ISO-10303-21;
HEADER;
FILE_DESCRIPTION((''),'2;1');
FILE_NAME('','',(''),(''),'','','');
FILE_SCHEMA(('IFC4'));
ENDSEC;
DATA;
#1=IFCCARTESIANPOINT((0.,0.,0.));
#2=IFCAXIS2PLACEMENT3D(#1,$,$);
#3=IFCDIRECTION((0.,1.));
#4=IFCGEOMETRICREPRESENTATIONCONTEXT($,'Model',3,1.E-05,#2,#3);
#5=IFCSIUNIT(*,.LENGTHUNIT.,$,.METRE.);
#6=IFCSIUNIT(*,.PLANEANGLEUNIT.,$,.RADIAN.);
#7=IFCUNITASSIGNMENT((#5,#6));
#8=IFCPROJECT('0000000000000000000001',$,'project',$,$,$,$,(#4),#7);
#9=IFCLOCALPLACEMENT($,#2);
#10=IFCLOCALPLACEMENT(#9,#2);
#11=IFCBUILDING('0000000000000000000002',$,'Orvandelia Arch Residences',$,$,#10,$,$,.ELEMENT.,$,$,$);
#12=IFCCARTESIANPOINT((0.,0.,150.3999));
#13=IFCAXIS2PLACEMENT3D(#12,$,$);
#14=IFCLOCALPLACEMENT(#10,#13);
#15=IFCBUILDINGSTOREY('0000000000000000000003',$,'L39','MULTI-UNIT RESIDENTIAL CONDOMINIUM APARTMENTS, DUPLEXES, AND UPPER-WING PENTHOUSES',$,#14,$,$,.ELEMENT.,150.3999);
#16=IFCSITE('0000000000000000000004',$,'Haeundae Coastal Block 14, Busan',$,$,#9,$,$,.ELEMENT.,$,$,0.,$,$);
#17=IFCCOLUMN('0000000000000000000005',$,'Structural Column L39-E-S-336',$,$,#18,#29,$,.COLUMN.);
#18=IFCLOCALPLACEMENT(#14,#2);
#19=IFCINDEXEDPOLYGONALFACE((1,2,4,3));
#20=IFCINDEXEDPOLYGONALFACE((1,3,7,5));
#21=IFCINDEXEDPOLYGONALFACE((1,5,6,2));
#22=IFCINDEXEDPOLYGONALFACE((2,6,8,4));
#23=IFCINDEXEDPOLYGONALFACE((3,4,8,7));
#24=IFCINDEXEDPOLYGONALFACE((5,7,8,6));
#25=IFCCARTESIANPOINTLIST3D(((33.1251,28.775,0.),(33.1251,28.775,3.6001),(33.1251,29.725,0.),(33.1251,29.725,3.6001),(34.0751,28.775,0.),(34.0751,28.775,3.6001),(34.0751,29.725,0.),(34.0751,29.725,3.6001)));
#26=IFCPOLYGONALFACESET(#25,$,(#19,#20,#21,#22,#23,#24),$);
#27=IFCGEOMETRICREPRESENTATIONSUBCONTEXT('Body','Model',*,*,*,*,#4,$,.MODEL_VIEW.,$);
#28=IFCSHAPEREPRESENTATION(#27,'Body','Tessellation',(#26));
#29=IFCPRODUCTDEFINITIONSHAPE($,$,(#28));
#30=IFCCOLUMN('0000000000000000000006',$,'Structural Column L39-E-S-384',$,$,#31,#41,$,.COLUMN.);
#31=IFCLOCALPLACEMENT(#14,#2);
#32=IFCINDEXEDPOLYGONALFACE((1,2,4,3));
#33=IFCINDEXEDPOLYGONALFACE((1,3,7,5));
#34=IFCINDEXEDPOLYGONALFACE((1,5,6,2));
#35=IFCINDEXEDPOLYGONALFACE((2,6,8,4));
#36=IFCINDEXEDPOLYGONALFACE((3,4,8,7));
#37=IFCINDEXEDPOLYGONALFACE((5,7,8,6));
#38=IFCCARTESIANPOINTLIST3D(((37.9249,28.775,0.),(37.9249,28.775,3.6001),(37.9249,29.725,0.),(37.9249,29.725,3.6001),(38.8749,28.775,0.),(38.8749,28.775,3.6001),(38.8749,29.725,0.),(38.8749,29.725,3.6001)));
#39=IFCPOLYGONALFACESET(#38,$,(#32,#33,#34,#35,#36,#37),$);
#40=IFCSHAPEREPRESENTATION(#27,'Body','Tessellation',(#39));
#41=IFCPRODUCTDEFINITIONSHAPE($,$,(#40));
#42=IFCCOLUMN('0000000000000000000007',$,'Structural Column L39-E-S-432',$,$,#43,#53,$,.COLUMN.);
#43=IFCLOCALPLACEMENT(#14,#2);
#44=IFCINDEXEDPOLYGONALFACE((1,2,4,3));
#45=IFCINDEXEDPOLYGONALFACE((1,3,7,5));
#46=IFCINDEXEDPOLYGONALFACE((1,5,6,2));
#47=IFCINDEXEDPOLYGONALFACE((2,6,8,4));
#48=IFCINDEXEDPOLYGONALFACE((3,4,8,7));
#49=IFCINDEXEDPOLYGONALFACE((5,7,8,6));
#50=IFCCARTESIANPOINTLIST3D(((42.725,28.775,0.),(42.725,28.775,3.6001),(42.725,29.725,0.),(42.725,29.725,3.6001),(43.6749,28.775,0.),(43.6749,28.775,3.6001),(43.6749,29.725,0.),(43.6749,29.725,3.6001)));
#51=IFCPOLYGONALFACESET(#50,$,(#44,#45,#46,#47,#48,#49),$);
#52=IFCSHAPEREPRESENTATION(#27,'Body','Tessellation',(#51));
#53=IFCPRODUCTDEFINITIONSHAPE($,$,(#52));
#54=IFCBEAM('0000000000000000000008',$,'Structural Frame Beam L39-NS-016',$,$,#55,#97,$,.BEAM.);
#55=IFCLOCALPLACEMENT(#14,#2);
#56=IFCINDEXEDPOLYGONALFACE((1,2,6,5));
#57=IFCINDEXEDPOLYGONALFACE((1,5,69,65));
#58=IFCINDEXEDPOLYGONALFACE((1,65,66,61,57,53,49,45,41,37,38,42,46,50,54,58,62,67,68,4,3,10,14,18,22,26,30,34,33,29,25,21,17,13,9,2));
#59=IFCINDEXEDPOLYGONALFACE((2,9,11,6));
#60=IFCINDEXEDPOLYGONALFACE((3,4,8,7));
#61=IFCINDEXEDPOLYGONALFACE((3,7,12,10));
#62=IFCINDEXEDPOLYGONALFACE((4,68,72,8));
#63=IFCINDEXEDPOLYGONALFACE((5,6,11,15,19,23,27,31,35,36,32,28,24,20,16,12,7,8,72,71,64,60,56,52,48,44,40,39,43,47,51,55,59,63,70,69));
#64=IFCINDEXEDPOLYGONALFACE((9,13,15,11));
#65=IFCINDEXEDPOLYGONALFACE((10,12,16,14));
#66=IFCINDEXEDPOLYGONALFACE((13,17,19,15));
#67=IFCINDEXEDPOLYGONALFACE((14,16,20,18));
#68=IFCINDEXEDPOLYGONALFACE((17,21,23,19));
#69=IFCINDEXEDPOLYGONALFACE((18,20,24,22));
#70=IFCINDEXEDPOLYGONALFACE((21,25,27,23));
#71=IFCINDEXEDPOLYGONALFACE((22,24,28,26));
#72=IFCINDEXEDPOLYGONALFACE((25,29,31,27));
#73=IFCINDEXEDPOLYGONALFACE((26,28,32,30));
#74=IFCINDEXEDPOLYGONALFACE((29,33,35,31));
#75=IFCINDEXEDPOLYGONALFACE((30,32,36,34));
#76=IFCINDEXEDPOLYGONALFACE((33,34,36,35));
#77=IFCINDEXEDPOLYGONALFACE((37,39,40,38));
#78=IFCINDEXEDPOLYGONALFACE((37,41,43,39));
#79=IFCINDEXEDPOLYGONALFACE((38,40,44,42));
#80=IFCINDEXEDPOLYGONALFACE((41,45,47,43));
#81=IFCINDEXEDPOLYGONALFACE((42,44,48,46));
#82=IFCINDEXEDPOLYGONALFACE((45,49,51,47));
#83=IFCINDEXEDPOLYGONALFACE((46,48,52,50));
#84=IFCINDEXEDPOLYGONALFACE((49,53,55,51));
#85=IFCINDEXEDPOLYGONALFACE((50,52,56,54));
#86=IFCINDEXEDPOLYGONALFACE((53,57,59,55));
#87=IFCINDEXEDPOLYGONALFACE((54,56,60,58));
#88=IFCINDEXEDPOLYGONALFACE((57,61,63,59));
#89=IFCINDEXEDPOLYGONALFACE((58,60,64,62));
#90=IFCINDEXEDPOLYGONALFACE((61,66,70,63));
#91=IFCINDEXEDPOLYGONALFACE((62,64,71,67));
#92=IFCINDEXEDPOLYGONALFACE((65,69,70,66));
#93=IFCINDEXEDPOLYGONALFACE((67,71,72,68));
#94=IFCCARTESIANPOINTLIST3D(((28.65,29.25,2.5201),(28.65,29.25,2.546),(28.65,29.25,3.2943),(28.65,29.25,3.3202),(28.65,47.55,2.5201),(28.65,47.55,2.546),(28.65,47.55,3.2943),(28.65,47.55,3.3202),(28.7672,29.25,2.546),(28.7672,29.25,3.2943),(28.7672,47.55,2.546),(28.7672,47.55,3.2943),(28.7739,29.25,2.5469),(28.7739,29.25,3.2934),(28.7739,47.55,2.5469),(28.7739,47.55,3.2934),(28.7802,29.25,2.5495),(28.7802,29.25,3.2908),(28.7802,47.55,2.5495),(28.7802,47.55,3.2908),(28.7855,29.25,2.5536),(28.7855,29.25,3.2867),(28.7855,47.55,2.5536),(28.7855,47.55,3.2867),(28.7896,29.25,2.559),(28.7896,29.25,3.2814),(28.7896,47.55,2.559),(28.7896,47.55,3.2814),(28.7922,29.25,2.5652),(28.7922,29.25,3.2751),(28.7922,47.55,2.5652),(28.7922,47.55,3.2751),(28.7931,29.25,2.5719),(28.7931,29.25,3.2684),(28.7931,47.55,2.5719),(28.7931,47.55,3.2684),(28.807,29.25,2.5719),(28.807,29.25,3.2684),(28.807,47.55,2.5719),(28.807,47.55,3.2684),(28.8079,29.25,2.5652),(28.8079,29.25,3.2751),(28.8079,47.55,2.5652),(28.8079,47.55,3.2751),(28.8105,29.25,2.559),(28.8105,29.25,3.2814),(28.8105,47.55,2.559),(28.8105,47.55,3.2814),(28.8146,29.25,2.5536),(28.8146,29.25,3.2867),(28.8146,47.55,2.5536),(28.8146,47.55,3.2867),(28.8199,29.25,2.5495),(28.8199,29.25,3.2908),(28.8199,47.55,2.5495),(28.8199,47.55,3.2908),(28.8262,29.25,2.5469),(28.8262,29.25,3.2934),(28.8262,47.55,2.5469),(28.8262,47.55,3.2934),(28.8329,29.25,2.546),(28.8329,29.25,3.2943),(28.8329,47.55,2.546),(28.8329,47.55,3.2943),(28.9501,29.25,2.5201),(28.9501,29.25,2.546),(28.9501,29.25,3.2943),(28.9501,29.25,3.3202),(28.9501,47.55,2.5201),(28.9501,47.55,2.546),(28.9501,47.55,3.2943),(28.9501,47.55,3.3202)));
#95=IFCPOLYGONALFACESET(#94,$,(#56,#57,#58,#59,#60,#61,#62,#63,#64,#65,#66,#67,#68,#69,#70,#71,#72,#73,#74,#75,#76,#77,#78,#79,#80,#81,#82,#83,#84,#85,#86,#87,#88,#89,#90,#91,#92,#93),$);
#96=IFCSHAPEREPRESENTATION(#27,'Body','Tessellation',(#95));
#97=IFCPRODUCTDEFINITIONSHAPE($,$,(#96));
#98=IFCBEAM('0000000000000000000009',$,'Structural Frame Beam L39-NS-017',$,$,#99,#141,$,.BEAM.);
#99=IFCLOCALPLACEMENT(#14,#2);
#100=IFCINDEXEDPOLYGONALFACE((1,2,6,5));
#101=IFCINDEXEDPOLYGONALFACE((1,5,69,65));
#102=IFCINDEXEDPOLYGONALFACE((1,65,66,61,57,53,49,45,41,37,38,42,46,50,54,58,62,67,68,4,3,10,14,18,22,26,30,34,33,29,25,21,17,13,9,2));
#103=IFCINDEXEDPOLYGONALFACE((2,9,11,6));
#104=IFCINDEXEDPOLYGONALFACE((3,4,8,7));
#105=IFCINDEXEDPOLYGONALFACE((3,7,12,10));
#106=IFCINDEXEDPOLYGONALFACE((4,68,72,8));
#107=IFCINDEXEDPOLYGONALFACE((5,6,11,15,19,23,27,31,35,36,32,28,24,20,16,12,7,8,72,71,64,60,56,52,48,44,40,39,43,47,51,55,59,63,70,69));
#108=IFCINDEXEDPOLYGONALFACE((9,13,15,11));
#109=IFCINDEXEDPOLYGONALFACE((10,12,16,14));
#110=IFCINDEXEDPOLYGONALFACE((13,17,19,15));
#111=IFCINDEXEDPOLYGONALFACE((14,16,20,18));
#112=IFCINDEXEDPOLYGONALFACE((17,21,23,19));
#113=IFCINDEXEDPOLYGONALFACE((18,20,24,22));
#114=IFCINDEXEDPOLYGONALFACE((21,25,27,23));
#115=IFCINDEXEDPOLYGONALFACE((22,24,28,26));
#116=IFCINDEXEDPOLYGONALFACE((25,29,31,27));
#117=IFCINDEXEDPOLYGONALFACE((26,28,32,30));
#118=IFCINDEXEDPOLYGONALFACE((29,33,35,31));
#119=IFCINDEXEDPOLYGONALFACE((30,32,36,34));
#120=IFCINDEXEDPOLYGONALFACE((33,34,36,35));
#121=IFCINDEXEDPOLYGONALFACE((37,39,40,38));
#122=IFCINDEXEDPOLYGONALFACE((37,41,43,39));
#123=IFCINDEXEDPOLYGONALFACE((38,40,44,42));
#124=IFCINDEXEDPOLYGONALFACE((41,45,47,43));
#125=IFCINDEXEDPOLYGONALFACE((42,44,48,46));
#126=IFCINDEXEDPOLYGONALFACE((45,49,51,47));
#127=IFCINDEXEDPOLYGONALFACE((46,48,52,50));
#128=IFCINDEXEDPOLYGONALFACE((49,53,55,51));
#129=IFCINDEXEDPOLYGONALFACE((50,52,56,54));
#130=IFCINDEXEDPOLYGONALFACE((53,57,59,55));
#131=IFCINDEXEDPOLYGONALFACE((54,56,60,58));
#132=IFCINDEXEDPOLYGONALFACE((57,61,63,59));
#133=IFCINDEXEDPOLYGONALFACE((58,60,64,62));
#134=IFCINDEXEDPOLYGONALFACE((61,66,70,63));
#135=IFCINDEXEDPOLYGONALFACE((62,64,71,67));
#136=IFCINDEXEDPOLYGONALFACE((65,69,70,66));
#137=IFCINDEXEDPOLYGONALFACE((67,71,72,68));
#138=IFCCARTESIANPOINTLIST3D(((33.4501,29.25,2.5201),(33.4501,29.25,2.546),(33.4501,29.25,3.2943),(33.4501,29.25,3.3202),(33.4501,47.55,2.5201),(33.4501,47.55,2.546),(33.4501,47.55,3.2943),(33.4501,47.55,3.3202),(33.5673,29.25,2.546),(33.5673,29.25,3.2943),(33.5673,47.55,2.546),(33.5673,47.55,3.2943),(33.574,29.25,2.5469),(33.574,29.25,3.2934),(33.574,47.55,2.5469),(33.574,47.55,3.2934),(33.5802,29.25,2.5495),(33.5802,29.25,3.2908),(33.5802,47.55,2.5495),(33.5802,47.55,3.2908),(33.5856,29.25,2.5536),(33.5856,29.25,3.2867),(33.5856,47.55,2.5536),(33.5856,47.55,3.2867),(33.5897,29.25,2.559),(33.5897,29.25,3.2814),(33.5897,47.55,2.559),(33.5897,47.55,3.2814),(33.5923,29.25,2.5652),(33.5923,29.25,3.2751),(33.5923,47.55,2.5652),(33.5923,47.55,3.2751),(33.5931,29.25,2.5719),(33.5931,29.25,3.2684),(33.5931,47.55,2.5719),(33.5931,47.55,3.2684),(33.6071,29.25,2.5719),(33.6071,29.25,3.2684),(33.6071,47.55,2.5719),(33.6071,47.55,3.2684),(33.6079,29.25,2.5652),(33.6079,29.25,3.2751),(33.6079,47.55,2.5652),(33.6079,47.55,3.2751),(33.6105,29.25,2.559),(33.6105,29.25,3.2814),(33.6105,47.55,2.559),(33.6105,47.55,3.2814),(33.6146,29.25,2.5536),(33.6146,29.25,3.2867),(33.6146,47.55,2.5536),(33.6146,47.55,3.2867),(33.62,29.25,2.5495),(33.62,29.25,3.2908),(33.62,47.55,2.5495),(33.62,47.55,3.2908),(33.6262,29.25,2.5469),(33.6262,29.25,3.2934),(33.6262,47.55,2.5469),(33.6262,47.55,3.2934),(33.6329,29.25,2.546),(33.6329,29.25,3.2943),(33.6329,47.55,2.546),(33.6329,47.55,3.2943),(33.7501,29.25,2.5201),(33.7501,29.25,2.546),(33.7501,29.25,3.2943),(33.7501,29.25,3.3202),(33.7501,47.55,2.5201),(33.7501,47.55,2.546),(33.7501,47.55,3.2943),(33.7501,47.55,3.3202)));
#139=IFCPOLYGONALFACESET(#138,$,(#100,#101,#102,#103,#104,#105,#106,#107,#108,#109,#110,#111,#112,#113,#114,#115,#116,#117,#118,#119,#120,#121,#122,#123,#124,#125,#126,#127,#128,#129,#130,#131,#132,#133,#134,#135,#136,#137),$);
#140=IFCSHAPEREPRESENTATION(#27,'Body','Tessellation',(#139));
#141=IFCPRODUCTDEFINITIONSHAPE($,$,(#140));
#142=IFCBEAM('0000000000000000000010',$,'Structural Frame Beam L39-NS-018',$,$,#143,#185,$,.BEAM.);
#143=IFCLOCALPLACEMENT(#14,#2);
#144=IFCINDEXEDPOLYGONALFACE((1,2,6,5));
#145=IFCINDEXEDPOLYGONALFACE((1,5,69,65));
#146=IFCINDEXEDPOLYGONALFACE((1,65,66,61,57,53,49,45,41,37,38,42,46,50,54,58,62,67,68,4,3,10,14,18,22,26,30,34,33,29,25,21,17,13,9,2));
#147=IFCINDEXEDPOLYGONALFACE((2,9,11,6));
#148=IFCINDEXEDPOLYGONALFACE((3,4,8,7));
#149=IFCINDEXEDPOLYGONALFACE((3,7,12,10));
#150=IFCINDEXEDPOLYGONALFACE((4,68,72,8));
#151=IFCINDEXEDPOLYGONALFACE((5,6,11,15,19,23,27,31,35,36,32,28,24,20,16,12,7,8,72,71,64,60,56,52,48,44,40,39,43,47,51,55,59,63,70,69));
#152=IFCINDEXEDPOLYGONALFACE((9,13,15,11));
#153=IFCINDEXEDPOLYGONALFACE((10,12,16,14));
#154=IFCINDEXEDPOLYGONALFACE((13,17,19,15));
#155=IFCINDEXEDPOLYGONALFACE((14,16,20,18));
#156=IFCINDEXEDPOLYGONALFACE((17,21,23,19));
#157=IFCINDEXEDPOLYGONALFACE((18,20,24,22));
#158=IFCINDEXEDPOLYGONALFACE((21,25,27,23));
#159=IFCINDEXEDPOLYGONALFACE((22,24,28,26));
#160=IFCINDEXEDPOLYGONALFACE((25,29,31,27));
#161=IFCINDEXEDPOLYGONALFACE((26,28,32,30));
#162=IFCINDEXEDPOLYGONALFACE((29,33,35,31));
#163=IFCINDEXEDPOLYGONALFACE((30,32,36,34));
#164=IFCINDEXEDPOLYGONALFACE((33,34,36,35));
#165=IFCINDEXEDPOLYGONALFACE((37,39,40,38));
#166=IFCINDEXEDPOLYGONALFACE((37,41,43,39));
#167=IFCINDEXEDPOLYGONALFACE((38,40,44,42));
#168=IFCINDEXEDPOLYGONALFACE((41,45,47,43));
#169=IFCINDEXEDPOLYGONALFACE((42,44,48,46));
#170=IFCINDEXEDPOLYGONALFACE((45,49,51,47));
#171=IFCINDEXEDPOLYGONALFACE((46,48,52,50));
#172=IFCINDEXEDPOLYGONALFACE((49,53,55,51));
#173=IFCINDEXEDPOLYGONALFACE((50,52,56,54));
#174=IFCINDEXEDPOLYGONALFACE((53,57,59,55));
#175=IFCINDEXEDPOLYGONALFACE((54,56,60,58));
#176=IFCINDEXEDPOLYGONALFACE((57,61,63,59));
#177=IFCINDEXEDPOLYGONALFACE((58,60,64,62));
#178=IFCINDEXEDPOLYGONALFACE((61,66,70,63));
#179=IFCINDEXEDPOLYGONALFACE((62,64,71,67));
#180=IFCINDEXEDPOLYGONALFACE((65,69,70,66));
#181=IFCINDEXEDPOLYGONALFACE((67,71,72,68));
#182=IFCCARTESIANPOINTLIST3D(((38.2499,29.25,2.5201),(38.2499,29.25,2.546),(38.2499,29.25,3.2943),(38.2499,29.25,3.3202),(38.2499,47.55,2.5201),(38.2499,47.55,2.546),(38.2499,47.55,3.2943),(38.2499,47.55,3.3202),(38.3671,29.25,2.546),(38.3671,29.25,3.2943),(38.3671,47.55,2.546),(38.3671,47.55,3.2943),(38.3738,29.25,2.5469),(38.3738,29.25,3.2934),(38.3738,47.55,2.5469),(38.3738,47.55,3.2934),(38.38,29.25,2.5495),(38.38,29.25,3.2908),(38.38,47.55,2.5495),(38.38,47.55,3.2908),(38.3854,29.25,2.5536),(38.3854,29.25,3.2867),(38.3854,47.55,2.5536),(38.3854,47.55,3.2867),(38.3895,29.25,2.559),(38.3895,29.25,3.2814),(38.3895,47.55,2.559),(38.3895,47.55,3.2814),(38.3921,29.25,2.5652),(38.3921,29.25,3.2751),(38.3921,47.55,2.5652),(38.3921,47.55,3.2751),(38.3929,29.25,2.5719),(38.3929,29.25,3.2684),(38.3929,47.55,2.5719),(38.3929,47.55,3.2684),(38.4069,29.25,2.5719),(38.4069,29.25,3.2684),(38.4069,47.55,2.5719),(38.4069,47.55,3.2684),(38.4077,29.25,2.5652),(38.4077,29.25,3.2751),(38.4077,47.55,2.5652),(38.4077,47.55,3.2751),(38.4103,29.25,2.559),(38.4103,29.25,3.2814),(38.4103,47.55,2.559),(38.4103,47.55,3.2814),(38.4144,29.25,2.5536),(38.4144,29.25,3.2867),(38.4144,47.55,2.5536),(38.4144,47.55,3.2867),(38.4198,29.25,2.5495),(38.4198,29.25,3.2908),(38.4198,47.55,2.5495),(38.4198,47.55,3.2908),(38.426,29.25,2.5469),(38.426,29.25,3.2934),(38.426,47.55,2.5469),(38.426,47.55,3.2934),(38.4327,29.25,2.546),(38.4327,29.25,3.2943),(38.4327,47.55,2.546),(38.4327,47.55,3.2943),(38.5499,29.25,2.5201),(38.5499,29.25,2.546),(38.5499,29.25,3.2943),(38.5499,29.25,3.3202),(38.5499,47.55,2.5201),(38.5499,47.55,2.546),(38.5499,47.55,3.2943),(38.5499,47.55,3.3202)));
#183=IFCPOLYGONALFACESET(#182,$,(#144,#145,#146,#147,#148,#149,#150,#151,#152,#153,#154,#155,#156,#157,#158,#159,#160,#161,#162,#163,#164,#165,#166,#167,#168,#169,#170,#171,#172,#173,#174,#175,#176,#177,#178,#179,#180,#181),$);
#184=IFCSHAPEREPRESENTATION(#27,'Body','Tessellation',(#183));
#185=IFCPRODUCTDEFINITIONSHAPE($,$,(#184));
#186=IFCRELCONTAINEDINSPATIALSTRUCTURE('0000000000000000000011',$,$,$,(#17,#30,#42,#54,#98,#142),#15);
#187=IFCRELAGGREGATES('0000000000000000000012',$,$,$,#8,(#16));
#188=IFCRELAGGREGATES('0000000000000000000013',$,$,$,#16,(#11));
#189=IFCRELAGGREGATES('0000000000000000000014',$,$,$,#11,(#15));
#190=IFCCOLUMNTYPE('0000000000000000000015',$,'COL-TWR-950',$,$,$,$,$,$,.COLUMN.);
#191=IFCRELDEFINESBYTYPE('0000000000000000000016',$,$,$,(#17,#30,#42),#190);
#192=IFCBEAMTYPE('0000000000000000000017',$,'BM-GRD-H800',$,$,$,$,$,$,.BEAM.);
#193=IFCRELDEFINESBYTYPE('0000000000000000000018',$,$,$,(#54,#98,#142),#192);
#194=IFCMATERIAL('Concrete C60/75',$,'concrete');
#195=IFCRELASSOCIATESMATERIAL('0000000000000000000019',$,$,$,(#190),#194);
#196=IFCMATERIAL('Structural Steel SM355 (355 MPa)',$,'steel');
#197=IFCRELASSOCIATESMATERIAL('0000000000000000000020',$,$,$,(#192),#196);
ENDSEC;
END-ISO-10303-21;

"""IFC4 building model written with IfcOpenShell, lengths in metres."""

from ifc_helpers import new_model, si_unit, direction, frame, origin, origin_2d, place, context, subcontext, project, spatial, rectangle, i_section, extrude, material, material_profile, profile_set, type_object, element, save


model = new_model("IFC4")

# Units and contexts
model_context = context("Model", 3, precision=1e-05, world=origin(), true_north=direction((0.0, 1.0)))
body_context = subcontext(model_context, "Body", "Model", "MODEL_VIEW")
ifc_project = project(units=[si_unit("LENGTHUNIT", "METRE"), si_unit("PLANEANGLEUNIT", "RADIAN")], contexts=[model_context])

# Site, building, storey
site_placement = place(None, origin())
site = spatial("IfcSite", under=ifc_project, at=site_placement, Name="Haeundae Coastal Block 14, Busan", CompositionType="ELEMENT", RefElevation=0.0)
building_placement = place(site_placement, origin())
building = spatial("IfcBuilding", under=site, at=building_placement, Name="Orvandelia Arch Residences", CompositionType="ELEMENT")
storey_placement = place(building_placement, frame((0.0, 0.0, 150.3999)))
storey = spatial("IfcBuildingStorey", under=building, at=storey_placement, Name="L39", Description="MULTI-UNIT RESIDENTIAL CONDOMINIUM APARTMENTS, DUPLEXES, AND UPPER-WING PENTHOUSES", CompositionType="ELEMENT", Elevation=150.3999)

# Columns
ifc_material_1 = material(Name="Concrete C60/75", Category="concrete")
ifc_material_profile_1 = material_profile(ifc_material_1, rectangle(XDim=0.95, YDim=0.95, at=origin_2d()), Name="Concrete C60/75", Category="concrete")
ifc_profile_set_1 = profile_set([ifc_material_profile_1], Name="Concrete C60/75")
column_type = type_object("IfcColumnType", Name="COL-TWR-950", PredefinedType="COLUMN", material=ifc_profile_set_1)
for number, where, z_axis, x_axis, name in (
    (1, (33.6001, 29.25, 0.0), (0.0, 0.0, 1.0), (1.0, 0.0, 0.0), "Structural Column L39-E-S-336"),
    (2, (38.3999, 29.25, 0.0), (0.0, 0.0, 1.0), (1.0, 0.0, 0.0), "Structural Column L39-E-S-384"),
    (3, (43.2, 29.25, 0.0), (0.0, 0.0, 1.0), (1.0, 0.0, 0.0), "Structural Column L39-E-S-432"),
):
    element("IfcColumn", number, at=place(storey_placement, frame(where, z_axis=z_axis, x_axis=x_axis)), inside=storey, type_object=column_type, Name=name, PredefinedType="COLUMN", context=body_context, shape_type="SweptSolid", body=[
        extrude(rectangle(XDim=0.95, YDim=0.95, at=origin_2d()), origin(), (0.0, 0.0, 1.0), 3.6001),
    ])

# Beams
ifc_material_2 = material(Name="Structural Steel SM355 (355 MPa)", Category="steel")
ifc_material_profile_2 = material_profile(ifc_material_2, i_section(OverallWidth=0.3, OverallDepth=0.8, WebThickness=0.0139, FlangeThickness=0.0259, FilletRadius=0.0259, at=origin_2d()), Name="Structural Steel SM355 (355 MPa)", Category="steel")
ifc_profile_set_2 = profile_set([ifc_material_profile_2], Name="Structural Steel SM355 (355 MPa)")
beam_type = type_object("IfcBeamType", Name="BM-GRD-H800", PredefinedType="BEAM", material=ifc_profile_set_2)
for number, where, z_axis, x_axis, name in (
    (4, (28.8, 29.25, 2.9202), (0.0, 1.0, 0.0), (-1.0, 0.0, 0.0), "Structural Frame Beam L39-NS-016"),
    (5, (33.6001, 29.25, 2.9202), (0.0, 1.0, 0.0), (-1.0, 0.0, 0.0), "Structural Frame Beam L39-NS-017"),
    (6, (38.3999, 29.25, 2.9202), (0.0, 1.0, 0.0), (-1.0, 0.0, 0.0), "Structural Frame Beam L39-NS-018"),
):
    element("IfcBeam", number, at=place(storey_placement, frame(where, z_axis=z_axis, x_axis=x_axis)), inside=storey, type_object=beam_type, Name=name, PredefinedType="BEAM", context=body_context, shape_type="SweptSolid", body=[
        extrude(i_section(OverallWidth=0.3, OverallDepth=0.8, WebThickness=0.0139, FlangeThickness=0.0259, FilletRadius=0.0259, at=origin_2d()), origin(), (0.0, 0.0, 1.0), 18.3),
    ])

save(model, "model.ifc")
